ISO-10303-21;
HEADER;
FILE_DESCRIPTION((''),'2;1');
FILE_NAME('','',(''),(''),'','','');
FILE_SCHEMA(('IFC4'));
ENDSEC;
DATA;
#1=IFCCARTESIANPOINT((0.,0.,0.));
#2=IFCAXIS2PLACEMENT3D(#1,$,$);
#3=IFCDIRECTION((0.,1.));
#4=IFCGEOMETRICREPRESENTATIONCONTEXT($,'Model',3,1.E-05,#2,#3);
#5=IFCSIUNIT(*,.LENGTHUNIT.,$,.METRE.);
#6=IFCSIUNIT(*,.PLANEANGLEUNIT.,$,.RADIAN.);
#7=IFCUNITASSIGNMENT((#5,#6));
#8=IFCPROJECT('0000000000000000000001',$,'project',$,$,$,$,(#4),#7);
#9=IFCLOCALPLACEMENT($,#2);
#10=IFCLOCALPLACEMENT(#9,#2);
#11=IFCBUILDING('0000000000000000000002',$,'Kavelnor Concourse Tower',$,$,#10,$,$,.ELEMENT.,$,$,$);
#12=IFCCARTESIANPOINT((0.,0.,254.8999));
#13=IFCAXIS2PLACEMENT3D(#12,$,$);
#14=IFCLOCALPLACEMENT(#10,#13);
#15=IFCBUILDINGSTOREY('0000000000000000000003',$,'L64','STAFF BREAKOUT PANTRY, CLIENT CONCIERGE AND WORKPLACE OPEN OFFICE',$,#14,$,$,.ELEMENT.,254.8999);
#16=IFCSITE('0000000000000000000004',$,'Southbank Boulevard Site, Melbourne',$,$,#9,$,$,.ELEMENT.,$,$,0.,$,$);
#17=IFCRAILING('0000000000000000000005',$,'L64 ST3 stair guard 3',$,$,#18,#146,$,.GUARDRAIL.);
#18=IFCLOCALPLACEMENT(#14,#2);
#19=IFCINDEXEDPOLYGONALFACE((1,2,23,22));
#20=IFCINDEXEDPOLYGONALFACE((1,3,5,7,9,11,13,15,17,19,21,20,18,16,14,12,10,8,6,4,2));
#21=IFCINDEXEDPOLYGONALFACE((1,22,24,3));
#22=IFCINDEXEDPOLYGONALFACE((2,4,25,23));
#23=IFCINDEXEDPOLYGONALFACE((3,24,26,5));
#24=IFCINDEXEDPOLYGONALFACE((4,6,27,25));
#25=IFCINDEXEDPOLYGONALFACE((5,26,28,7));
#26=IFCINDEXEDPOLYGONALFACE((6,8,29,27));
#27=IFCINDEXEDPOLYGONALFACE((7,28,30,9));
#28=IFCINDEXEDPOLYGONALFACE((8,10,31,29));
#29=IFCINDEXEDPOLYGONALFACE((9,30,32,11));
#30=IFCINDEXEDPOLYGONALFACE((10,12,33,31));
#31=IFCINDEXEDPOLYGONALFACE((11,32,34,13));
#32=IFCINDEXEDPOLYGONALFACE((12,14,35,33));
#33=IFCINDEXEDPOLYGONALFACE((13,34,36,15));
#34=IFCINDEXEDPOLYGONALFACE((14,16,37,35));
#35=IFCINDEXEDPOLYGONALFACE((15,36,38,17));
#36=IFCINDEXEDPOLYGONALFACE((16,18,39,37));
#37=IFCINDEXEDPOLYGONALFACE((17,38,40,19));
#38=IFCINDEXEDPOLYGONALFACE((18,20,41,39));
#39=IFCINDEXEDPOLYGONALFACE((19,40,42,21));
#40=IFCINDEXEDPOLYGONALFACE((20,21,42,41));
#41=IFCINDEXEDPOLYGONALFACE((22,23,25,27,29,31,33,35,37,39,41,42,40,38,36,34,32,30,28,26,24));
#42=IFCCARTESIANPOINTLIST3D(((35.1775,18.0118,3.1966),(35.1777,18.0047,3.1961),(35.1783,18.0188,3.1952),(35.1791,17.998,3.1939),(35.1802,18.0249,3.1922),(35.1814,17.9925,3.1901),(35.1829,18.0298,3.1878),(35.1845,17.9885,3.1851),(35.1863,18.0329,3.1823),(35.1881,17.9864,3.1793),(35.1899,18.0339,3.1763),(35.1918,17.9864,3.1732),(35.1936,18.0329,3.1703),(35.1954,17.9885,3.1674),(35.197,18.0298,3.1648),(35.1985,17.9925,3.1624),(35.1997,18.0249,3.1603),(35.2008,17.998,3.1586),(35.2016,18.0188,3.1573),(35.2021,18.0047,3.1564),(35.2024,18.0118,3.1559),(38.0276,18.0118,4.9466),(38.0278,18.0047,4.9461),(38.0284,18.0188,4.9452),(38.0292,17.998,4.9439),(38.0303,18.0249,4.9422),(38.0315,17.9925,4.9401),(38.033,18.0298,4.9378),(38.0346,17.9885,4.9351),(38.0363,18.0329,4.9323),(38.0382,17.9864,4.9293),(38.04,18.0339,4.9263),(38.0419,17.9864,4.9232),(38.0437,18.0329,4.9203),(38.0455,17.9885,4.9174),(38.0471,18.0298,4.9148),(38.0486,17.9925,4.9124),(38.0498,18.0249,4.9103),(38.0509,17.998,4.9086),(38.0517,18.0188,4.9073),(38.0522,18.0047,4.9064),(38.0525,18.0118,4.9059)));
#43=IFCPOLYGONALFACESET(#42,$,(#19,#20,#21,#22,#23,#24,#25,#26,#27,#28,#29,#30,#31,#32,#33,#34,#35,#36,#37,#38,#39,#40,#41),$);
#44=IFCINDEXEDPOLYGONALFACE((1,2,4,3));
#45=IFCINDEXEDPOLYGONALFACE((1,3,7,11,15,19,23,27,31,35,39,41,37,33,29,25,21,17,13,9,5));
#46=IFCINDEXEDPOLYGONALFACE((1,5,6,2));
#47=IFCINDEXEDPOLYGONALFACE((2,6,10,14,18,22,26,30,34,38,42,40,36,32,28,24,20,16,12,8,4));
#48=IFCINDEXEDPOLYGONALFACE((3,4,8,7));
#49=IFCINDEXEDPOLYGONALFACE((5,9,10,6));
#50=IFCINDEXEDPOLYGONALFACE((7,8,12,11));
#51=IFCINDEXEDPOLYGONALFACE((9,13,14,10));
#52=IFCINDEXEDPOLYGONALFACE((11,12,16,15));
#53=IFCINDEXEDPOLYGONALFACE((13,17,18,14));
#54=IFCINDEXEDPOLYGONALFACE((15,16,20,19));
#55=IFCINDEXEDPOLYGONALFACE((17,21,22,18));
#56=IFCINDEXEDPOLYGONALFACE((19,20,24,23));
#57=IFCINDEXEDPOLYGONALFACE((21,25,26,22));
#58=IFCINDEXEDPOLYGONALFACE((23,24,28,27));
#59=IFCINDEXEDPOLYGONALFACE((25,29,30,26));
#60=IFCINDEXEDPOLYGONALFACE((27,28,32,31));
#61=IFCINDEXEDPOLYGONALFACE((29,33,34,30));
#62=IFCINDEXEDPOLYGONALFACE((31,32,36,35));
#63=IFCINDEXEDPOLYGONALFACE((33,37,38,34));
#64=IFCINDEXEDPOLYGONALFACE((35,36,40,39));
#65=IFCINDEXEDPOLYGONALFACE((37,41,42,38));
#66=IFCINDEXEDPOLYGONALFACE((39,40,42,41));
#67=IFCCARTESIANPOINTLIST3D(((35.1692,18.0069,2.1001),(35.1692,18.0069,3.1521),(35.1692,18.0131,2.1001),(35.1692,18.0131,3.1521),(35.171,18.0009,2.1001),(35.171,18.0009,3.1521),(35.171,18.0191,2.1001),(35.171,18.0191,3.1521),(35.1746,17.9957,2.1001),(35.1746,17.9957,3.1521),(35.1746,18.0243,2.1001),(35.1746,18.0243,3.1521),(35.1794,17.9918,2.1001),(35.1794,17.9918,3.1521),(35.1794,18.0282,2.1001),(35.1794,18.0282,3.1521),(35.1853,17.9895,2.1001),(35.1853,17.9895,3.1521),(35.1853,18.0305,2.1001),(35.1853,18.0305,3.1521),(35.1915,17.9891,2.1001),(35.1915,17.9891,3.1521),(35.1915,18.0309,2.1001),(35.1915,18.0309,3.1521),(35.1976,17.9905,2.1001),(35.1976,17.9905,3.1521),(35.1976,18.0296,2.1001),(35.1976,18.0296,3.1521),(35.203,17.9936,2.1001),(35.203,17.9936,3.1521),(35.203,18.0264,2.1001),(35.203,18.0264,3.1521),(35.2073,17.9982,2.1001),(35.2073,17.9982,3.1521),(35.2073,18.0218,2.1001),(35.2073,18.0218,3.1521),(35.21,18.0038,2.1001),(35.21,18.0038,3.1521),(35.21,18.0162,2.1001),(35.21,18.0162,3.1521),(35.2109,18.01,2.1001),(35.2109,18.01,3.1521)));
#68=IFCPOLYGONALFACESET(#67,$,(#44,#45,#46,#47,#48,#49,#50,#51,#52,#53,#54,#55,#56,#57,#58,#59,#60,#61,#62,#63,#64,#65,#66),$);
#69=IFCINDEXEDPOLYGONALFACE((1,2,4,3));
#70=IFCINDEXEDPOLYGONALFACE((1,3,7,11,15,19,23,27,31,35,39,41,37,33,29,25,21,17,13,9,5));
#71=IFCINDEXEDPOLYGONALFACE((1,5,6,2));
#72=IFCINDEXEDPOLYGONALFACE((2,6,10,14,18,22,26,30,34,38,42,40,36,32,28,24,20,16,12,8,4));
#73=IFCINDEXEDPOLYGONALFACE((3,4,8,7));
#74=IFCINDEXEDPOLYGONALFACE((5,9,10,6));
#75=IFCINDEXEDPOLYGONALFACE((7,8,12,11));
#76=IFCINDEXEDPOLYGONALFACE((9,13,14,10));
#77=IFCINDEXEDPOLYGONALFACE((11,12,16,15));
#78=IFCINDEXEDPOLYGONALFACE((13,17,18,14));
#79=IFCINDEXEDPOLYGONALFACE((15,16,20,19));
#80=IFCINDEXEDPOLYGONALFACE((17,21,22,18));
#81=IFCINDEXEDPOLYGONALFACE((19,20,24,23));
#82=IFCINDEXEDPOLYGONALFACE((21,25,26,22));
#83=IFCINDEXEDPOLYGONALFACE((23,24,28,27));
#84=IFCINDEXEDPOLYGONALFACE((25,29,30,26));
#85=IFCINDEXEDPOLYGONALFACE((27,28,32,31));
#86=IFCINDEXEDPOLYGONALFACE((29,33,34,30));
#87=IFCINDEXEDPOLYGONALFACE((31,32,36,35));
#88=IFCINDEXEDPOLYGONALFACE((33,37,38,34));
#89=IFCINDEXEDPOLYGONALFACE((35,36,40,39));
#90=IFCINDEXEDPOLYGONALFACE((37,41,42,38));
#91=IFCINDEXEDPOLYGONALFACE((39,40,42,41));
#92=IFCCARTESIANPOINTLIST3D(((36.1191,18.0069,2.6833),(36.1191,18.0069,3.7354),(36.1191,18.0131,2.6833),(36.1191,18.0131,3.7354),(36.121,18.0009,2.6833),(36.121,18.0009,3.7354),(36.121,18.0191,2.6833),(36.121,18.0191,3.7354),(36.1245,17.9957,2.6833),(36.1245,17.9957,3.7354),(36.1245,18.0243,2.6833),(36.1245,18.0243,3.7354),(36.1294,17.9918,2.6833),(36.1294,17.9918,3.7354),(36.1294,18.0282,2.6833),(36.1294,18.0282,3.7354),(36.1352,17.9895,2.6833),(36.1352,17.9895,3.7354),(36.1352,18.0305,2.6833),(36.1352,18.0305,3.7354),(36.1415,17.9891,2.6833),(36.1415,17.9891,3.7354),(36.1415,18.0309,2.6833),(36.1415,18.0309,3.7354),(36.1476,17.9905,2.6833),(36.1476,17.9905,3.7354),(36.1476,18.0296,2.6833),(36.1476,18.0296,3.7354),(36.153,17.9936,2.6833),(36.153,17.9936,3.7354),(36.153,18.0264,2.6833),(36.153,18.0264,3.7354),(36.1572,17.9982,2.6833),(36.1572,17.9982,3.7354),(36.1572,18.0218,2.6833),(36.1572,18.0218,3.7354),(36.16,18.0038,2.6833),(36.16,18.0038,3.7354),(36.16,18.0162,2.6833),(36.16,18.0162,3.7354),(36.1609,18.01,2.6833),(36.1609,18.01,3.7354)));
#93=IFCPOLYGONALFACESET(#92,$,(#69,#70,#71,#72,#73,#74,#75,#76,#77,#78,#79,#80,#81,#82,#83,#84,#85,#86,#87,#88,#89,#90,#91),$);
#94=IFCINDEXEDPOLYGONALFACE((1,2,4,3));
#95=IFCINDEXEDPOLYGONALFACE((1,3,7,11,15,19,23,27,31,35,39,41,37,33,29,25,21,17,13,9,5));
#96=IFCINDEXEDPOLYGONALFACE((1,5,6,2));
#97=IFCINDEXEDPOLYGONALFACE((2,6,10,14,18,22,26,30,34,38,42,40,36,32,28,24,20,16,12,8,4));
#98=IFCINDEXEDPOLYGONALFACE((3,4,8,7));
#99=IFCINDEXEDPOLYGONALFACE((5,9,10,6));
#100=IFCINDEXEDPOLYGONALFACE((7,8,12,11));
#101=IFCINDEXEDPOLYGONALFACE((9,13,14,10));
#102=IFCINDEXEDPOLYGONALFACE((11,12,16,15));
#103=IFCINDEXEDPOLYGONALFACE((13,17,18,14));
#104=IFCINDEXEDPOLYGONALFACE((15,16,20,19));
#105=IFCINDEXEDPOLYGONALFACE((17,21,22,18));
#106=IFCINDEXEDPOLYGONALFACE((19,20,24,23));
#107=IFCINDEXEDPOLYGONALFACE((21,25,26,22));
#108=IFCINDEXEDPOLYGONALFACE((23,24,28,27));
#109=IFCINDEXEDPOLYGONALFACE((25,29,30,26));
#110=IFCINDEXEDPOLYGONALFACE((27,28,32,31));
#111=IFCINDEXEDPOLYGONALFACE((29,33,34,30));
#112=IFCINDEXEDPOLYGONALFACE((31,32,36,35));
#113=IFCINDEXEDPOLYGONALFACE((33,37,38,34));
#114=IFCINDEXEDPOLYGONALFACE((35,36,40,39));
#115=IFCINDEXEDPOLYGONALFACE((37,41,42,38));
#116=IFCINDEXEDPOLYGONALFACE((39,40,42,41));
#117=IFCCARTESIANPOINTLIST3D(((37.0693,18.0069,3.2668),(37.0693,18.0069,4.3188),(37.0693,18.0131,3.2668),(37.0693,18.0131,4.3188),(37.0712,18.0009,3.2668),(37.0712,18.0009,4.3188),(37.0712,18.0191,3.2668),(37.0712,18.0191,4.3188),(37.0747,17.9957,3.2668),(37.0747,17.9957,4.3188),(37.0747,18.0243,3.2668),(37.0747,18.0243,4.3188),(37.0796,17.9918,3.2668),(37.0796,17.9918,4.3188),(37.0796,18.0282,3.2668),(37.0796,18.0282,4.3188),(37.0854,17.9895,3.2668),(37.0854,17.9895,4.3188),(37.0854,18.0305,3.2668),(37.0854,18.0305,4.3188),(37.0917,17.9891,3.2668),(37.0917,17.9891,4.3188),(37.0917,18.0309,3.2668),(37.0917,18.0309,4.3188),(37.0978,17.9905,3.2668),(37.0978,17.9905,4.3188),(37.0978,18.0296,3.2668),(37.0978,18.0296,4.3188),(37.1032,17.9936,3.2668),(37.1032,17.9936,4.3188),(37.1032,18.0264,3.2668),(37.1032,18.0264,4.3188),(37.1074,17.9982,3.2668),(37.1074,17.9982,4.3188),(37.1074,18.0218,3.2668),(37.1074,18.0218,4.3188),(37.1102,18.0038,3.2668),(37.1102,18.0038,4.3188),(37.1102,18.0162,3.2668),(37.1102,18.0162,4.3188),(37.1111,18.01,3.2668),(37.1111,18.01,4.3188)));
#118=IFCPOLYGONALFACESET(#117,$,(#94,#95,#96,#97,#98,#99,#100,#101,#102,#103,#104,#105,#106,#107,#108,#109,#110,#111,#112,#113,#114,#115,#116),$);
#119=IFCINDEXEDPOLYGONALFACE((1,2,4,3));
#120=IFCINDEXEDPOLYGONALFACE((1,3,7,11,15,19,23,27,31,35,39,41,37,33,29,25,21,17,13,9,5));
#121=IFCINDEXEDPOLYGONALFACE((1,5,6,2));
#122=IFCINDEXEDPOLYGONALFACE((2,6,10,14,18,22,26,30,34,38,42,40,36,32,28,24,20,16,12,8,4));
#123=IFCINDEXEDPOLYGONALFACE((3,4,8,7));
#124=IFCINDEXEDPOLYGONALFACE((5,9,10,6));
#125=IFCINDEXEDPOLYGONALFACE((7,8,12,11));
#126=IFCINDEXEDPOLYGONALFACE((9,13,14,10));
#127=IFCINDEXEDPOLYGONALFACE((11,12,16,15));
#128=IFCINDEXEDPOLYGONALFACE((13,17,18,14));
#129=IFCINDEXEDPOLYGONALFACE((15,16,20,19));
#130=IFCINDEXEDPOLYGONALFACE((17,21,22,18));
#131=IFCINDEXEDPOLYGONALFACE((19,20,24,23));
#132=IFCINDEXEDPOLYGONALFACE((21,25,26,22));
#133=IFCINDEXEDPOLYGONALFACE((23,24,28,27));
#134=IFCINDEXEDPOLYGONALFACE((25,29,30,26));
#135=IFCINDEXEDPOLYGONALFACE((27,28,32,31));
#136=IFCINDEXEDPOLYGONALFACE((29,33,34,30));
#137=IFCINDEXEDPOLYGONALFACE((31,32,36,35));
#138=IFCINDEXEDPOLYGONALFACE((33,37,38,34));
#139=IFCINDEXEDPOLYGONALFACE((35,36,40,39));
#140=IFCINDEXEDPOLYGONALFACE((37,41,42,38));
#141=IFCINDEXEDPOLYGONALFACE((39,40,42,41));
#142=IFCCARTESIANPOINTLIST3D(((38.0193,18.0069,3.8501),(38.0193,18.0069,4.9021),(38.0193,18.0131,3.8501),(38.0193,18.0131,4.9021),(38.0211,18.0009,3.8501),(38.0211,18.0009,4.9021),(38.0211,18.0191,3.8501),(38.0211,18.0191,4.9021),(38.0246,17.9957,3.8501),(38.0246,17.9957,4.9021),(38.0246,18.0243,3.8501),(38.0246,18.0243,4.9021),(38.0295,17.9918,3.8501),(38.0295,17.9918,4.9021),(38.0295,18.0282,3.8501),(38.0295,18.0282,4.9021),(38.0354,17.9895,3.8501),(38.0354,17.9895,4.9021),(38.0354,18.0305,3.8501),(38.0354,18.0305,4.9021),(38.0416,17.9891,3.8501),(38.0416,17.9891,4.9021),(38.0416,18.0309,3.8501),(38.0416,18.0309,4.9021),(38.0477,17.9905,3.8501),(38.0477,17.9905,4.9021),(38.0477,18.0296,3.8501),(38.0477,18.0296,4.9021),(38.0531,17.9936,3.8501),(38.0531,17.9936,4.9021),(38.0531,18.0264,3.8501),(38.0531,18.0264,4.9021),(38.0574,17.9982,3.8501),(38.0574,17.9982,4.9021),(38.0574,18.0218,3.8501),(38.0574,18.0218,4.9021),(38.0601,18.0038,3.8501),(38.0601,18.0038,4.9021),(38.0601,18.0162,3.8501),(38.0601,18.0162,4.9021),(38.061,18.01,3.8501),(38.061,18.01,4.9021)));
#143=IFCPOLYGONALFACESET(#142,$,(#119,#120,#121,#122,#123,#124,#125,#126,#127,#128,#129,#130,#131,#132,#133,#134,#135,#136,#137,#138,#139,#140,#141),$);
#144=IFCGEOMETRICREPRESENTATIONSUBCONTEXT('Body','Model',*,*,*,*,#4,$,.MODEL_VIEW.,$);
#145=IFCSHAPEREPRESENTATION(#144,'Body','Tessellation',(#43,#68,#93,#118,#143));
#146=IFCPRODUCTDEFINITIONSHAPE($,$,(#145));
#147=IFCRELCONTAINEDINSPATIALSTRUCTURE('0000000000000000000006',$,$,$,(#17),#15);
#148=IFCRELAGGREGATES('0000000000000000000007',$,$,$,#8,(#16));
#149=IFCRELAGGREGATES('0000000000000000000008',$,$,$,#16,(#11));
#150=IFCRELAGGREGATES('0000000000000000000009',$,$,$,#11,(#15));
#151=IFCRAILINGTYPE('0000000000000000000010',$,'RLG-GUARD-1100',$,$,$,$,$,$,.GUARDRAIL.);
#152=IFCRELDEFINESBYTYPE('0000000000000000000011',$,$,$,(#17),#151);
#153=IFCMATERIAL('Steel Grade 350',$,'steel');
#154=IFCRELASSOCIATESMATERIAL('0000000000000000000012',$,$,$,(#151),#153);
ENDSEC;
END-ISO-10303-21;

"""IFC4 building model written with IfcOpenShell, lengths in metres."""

from ifc_helpers import new_model, si_unit, direction, frame, origin, origin_2d, place, context, subcontext, project, spatial, circle, extrude, material, type_object, element, save


model = new_model("IFC4")

# Units and contexts
model_context = context("Model", 3, precision=1e-05, world=origin(), true_north=direction((0.0, 1.0)))
body_context = subcontext(model_context, "Body", "Model", "MODEL_VIEW")
ifc_project = project(units=[si_unit("LENGTHUNIT", "METRE"), si_unit("PLANEANGLEUNIT", "RADIAN")], contexts=[model_context])

# Site, building, storey
site_placement = place(None, origin())
site = spatial("IfcSite", under=ifc_project, at=site_placement, Name="Southbank Boulevard Site, Melbourne", CompositionType="ELEMENT", RefElevation=0.0)
building_placement = place(site_placement, origin())
building = spatial("IfcBuilding", under=site, at=building_placement, Name="Kavelnor Concourse Tower", CompositionType="ELEMENT")
storey_placement = place(building_placement, frame((0.0, 0.0, 254.8999)))
storey = spatial("IfcBuildingStorey", under=building, at=storey_placement, Name="L64", Description="STAFF BREAKOUT PANTRY, CLIENT CONCIERGE AND WORKPLACE OPEN OFFICE", CompositionType="ELEMENT", Elevation=254.8999)

# Shared definitions
ifc_material_1 = material(Name="Steel Grade 350", Category="steel")

# Railing
railing_type_1 = type_object("IfcRailingType", Name="RLG-GUARD-1100", PredefinedType="GUARDRAIL", material=ifc_material_1)
railing_1_placement = place(storey_placement, frame((35.1899, 18.01, 2.1001)))
element("IfcRailing", 1, at=railing_1_placement, inside=storey, type_object=railing_type_1, Name="L64 ST3 stair guard 3", PredefinedType="GUARDRAIL", context=body_context, shape_type="SweptSolid", body=[
    extrude(circle(Radius=0.0239, at=origin_2d()), frame((0.0, 0.0, 1.0762), z_axis=(0.852179, 0.0, 0.52325), x_axis=(0.0, 1.0, 0.0)), (0.0, 0.0, 1.0), 3.3445),
    extrude(circle(Radius=0.021, at=origin_2d()), origin(), (0.0, 0.0, 1.0), 1.052),
    extrude(circle(Radius=0.021, at=origin_2d()), frame((0.95, 0.0, 0.5833)), (0.0, 0.0, 1.0), 1.052),
    extrude(circle(Radius=0.021, at=origin_2d()), frame((1.9001, 0.0, 1.1667)), (0.0, 0.0, 1.0), 1.052),
    extrude(circle(Radius=0.021, at=origin_2d()), frame((2.8501, 0.0, 1.75)), (0.0, 0.0, 1.0), 1.052),
])

save(model, "model.ifc")
